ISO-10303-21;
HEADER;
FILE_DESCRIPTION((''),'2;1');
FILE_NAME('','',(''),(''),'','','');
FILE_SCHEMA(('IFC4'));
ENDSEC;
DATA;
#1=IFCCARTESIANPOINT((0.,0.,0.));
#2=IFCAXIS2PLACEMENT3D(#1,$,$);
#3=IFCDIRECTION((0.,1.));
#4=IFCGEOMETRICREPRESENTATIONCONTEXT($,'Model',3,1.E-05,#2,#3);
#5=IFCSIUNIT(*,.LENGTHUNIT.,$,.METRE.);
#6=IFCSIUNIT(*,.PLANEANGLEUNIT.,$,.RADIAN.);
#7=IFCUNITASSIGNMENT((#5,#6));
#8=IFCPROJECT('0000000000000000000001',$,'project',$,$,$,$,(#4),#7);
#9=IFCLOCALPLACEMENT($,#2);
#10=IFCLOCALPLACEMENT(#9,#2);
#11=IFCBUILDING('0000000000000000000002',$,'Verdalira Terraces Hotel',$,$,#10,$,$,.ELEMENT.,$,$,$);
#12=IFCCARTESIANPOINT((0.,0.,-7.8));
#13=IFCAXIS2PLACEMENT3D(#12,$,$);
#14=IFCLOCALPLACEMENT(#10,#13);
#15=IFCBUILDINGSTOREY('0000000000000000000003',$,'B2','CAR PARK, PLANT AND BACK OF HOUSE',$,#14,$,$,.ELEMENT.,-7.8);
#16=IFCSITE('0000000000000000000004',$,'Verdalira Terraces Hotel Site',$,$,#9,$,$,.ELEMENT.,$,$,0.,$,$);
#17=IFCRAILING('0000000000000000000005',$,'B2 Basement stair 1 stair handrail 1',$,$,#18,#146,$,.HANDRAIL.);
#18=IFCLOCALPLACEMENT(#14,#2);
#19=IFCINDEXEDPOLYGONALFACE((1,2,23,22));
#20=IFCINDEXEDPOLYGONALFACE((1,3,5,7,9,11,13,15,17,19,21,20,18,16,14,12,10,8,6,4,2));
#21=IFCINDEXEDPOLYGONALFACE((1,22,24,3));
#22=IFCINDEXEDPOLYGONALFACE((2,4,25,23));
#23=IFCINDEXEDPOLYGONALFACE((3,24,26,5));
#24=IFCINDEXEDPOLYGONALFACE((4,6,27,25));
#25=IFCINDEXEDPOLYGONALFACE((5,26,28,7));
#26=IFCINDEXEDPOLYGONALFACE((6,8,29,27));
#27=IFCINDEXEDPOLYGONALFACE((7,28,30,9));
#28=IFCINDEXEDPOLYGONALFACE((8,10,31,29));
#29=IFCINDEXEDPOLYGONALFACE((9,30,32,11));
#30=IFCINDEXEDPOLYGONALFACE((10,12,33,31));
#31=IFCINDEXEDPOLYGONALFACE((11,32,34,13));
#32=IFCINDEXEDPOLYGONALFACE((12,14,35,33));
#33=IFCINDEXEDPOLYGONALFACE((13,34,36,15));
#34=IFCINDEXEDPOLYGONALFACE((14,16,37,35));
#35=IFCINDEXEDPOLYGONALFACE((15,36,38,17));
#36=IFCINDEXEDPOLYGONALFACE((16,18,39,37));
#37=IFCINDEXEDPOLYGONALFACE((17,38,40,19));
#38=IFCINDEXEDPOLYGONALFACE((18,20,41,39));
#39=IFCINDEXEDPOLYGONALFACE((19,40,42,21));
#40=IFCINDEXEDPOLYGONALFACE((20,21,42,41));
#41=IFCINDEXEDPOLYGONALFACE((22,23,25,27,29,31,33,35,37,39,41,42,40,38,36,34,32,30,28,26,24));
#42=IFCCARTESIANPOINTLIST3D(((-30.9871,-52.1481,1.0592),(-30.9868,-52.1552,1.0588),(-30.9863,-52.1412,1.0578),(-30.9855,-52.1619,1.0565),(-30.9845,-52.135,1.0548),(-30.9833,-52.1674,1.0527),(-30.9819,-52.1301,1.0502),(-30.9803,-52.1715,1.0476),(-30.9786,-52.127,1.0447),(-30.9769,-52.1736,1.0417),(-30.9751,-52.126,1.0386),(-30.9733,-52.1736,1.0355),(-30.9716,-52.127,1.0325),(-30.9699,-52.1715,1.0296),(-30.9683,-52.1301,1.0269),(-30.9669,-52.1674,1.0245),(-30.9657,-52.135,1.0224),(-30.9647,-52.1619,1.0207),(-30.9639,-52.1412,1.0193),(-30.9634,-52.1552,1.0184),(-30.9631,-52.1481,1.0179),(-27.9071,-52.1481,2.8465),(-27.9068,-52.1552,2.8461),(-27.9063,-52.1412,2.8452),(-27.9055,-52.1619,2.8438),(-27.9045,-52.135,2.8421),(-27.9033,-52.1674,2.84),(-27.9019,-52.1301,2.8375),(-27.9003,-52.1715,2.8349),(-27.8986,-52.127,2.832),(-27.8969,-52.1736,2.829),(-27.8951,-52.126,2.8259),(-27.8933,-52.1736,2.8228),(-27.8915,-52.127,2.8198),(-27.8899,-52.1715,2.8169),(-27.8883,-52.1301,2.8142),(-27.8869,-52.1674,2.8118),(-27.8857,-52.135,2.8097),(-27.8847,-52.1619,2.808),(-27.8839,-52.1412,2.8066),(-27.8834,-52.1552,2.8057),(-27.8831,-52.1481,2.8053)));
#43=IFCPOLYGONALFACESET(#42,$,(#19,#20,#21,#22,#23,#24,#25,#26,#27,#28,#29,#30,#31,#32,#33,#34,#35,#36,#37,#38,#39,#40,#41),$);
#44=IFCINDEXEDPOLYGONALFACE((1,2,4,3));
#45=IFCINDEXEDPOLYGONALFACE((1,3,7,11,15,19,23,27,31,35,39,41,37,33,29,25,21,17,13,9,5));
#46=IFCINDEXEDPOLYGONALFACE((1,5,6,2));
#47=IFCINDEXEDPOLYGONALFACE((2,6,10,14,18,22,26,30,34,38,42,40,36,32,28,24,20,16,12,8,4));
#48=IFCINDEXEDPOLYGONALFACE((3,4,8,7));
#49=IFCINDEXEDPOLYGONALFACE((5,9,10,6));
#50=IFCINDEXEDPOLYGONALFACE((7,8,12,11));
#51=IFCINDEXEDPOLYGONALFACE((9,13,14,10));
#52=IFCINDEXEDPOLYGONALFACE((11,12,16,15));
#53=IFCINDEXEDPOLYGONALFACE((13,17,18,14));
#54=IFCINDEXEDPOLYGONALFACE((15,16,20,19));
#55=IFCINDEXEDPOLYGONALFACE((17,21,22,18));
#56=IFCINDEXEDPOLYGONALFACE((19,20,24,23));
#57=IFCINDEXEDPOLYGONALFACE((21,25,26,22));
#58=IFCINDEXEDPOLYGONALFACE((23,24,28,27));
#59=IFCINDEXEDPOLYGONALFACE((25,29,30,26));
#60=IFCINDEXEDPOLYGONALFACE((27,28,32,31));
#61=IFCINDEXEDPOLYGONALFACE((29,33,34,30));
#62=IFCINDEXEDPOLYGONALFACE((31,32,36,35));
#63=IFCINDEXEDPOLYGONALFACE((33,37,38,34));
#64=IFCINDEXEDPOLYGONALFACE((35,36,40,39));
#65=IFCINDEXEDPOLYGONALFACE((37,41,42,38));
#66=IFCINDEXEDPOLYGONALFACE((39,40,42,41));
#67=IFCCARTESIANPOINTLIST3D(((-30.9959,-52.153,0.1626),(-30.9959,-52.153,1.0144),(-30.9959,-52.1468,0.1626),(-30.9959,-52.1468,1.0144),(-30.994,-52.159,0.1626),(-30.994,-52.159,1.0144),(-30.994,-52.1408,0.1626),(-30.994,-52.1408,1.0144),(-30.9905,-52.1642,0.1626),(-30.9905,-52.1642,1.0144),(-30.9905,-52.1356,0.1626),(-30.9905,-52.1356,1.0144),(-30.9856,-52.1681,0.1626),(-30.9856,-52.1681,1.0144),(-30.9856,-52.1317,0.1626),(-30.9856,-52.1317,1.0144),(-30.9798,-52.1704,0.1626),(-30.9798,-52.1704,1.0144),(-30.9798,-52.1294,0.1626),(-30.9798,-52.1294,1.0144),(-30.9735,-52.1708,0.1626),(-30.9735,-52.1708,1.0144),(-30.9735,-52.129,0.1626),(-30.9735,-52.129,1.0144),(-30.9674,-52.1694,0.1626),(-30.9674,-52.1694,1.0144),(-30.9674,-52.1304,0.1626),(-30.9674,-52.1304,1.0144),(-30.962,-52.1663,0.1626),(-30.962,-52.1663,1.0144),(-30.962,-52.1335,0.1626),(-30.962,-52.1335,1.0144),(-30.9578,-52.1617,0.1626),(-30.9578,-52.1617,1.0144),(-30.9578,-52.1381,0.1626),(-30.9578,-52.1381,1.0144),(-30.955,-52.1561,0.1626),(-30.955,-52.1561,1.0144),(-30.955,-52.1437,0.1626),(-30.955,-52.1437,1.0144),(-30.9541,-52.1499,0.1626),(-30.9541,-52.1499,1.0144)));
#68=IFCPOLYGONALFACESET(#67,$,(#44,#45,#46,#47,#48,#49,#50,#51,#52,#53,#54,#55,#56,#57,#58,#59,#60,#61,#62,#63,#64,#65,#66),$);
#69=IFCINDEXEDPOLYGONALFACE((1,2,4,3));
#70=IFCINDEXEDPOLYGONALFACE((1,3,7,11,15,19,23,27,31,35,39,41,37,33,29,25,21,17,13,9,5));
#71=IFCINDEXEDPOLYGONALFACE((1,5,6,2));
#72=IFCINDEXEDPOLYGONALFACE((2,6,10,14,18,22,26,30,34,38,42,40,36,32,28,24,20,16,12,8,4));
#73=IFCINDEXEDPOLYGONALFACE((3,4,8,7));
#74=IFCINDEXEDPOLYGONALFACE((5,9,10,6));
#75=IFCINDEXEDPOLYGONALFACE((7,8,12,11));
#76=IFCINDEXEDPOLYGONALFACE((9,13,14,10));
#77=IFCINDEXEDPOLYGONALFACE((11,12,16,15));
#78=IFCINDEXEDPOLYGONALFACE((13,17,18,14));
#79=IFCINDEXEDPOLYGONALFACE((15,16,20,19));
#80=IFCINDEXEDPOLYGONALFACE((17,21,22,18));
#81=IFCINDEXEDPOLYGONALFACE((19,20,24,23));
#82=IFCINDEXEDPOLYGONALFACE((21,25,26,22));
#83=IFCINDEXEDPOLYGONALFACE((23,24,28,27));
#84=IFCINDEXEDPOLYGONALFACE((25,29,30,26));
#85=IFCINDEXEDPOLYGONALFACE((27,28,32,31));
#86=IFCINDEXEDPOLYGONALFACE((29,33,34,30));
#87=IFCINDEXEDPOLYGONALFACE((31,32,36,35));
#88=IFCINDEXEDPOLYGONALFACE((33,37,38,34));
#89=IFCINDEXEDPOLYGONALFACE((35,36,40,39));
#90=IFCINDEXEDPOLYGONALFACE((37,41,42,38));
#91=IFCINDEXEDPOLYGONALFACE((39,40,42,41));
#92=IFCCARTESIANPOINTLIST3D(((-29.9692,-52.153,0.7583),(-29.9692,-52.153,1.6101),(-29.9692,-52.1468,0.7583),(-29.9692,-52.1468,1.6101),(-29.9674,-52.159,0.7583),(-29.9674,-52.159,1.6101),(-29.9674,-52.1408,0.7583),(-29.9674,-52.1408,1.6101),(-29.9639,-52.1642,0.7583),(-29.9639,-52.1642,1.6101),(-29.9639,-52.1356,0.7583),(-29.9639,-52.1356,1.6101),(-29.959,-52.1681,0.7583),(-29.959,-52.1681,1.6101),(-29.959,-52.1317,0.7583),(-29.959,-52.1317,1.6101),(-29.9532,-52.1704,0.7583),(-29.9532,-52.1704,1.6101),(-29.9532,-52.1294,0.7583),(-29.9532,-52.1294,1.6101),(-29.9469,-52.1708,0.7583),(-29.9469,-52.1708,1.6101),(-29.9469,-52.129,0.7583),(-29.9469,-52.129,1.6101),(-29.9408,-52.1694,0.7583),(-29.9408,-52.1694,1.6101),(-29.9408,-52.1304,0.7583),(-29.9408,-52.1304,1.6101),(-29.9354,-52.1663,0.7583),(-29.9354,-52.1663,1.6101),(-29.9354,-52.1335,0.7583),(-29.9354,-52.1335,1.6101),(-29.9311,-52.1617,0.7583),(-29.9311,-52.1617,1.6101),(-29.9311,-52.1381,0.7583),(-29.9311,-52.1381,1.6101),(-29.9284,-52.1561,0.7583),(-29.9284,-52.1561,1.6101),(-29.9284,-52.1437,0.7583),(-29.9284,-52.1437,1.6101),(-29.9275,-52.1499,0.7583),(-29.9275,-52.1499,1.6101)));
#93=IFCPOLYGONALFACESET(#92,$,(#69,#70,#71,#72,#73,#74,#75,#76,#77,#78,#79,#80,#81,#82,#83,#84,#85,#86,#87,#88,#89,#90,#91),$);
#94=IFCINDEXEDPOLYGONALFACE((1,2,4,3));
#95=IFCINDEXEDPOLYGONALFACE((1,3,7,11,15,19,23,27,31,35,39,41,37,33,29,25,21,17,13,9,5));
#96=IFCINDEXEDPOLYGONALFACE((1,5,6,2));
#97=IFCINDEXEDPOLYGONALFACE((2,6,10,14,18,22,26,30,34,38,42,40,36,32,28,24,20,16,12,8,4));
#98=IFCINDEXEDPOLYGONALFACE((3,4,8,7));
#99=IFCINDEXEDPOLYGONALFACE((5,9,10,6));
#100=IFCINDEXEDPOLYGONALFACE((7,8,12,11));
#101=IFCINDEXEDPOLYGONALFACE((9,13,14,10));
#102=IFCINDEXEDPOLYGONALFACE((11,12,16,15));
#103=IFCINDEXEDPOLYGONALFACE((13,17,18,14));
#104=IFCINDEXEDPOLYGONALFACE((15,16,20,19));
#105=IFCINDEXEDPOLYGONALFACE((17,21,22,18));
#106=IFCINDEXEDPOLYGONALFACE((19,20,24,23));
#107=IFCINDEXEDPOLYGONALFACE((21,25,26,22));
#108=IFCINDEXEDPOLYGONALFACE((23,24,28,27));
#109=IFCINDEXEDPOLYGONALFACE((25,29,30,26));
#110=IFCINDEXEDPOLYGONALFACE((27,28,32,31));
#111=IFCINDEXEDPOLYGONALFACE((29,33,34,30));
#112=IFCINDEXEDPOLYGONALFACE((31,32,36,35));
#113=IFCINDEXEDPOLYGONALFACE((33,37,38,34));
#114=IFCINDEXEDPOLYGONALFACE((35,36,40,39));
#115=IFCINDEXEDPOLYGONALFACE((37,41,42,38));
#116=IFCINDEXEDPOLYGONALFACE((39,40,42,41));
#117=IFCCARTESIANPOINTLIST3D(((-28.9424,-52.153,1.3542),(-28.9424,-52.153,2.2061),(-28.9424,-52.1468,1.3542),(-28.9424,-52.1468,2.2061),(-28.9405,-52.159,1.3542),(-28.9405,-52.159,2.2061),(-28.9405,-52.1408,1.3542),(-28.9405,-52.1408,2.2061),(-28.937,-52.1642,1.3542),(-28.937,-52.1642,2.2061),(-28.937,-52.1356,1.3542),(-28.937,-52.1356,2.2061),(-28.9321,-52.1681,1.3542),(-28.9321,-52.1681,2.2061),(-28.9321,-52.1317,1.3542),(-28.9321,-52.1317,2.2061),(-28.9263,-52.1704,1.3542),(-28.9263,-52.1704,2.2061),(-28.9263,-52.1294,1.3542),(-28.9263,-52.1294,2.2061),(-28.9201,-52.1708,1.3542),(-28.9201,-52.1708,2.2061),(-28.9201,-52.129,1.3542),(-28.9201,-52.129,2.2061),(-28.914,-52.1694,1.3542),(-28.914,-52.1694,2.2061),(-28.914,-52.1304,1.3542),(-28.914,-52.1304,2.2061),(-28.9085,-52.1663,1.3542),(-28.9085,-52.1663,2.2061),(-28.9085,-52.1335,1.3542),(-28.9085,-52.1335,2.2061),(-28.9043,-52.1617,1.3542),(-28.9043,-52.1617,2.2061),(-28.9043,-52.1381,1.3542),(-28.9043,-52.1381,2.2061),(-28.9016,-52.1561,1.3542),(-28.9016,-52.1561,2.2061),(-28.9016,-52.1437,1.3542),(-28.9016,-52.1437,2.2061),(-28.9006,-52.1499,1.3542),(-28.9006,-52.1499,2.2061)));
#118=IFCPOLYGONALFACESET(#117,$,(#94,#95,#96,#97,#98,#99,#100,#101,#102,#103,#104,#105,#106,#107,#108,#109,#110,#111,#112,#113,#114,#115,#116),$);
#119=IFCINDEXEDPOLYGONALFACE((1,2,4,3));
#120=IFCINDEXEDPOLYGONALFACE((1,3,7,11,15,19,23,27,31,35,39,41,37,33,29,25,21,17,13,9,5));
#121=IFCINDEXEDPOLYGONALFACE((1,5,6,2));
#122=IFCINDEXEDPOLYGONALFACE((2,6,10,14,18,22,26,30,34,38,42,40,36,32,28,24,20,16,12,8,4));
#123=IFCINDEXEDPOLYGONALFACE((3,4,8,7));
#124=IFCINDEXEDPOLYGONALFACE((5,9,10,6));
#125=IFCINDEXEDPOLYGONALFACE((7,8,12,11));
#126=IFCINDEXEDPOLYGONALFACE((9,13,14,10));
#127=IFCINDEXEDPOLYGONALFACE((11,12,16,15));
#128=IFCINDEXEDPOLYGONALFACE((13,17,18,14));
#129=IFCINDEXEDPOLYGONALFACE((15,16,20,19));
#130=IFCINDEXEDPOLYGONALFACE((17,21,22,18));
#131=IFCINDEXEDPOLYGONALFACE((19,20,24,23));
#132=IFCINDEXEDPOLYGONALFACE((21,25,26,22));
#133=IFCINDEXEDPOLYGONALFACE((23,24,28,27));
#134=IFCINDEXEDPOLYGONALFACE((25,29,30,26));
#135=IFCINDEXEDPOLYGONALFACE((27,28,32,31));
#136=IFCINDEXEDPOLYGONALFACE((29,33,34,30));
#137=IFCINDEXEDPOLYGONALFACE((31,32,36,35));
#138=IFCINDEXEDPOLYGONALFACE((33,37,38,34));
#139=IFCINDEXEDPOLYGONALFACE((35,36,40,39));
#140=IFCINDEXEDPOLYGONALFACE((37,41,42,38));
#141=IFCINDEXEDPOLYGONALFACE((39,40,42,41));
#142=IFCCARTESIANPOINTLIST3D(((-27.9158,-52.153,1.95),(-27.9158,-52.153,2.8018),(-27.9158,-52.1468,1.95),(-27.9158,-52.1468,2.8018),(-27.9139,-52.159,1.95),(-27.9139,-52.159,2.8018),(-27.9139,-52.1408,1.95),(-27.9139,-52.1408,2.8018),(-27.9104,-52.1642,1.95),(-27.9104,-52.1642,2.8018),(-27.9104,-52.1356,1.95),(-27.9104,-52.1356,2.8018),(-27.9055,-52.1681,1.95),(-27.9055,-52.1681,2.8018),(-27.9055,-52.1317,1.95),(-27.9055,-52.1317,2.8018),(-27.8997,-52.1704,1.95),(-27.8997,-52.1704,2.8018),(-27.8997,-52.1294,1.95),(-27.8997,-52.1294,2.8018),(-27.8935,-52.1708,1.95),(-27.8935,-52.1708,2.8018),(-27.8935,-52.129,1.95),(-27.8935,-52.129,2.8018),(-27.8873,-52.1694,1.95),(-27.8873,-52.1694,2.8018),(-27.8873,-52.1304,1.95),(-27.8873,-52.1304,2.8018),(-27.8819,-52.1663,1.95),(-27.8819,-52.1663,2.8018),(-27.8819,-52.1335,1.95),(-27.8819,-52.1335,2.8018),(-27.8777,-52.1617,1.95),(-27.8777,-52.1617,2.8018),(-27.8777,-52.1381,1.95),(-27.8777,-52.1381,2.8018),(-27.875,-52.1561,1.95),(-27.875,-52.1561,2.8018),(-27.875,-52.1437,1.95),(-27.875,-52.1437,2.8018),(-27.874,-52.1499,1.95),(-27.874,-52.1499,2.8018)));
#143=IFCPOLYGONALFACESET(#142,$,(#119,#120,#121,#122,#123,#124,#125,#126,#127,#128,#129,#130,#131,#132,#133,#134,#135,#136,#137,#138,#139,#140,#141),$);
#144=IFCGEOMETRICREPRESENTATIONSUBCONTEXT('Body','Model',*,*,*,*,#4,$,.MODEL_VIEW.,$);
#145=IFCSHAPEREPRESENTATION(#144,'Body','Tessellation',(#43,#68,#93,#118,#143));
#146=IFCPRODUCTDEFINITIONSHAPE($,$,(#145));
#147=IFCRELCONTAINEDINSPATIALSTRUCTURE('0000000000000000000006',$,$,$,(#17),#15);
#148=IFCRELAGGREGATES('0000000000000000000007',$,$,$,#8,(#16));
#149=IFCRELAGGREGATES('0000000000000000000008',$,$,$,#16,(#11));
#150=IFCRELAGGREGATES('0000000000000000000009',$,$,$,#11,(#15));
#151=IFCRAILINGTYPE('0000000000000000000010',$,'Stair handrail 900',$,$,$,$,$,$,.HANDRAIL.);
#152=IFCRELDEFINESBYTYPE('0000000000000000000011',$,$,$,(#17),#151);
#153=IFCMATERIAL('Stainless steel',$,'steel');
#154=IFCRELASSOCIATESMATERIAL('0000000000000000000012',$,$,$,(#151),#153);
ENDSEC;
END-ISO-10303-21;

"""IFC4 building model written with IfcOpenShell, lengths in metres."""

from ifc_helpers import new_model, si_unit, direction, frame, origin, origin_2d, place, context, subcontext, project, spatial, circle, extrude, material, type_object, element, save


model = new_model("IFC4")

# Units and contexts
model_context = context("Model", 3, precision=1e-05, world=origin(), true_north=direction((0.0, 1.0)))
body_context = subcontext(model_context, "Body", "Model", "MODEL_VIEW")
ifc_project = project(units=[si_unit("LENGTHUNIT", "METRE"), si_unit("PLANEANGLEUNIT", "RADIAN")], contexts=[model_context])

# Site, building, storey
site_placement = place(None, origin())
site = spatial("IfcSite", under=ifc_project, at=site_placement, Name="Verdalira Terraces Hotel Site", CompositionType="ELEMENT", RefElevation=0.0)
building_placement = place(site_placement, origin())
building = spatial("IfcBuilding", under=site, at=building_placement, Name="Verdalira Terraces Hotel", CompositionType="ELEMENT")
storey_placement = place(building_placement, frame((0.0, 0.0, -7.8)))
storey = spatial("IfcBuildingStorey", under=building, at=storey_placement, Name="B2", Description="CAR PARK, PLANT AND BACK OF HOUSE", CompositionType="ELEMENT", Elevation=-7.8)

# Railing
ifc_material_1 = material(Name="Stainless steel", Category="steel")
railing_type_1 = type_object("IfcRailingType", Name="Stair handrail 900", PredefinedType="HANDRAIL", material=ifc_material_1)
railing_1_placement = place(storey_placement, frame((-30.9751, -52.1499, 0.1626)))
element("IfcRailing", 1, at=railing_1_placement, inside=storey, type_object=railing_type_1, Name="B2 Basement stair 1 stair handrail 1", PredefinedType="HANDRAIL", context=body_context, shape_type="SweptSolid", body=[
    extrude(circle(Radius=0.0239, at=origin_2d()), frame((0.0, 0.0, 0.876), z_axis=(0.86492, 0.0, 0.501909), x_axis=(0.0, 1.0, 0.0)), (0.0, 0.0, 1.0), 3.561),
    extrude(circle(Radius=0.021, at=origin_2d()), origin(), (0.0, 0.0, 1.0), 0.8518),
    extrude(circle(Radius=0.021, at=origin_2d()), frame((1.0266, 0.0, 0.5957)), (0.0, 0.0, 1.0), 0.8518),
    extrude(circle(Radius=0.021, at=origin_2d()), frame((2.0535, 0.0, 1.1917)), (0.0, 0.0, 1.0), 0.8518),
    extrude(circle(Radius=0.021, at=origin_2d()), frame((3.0801, 0.0, 1.7874)), (0.0, 0.0, 1.0), 0.8518),
])

save(model, "model.ifc")
